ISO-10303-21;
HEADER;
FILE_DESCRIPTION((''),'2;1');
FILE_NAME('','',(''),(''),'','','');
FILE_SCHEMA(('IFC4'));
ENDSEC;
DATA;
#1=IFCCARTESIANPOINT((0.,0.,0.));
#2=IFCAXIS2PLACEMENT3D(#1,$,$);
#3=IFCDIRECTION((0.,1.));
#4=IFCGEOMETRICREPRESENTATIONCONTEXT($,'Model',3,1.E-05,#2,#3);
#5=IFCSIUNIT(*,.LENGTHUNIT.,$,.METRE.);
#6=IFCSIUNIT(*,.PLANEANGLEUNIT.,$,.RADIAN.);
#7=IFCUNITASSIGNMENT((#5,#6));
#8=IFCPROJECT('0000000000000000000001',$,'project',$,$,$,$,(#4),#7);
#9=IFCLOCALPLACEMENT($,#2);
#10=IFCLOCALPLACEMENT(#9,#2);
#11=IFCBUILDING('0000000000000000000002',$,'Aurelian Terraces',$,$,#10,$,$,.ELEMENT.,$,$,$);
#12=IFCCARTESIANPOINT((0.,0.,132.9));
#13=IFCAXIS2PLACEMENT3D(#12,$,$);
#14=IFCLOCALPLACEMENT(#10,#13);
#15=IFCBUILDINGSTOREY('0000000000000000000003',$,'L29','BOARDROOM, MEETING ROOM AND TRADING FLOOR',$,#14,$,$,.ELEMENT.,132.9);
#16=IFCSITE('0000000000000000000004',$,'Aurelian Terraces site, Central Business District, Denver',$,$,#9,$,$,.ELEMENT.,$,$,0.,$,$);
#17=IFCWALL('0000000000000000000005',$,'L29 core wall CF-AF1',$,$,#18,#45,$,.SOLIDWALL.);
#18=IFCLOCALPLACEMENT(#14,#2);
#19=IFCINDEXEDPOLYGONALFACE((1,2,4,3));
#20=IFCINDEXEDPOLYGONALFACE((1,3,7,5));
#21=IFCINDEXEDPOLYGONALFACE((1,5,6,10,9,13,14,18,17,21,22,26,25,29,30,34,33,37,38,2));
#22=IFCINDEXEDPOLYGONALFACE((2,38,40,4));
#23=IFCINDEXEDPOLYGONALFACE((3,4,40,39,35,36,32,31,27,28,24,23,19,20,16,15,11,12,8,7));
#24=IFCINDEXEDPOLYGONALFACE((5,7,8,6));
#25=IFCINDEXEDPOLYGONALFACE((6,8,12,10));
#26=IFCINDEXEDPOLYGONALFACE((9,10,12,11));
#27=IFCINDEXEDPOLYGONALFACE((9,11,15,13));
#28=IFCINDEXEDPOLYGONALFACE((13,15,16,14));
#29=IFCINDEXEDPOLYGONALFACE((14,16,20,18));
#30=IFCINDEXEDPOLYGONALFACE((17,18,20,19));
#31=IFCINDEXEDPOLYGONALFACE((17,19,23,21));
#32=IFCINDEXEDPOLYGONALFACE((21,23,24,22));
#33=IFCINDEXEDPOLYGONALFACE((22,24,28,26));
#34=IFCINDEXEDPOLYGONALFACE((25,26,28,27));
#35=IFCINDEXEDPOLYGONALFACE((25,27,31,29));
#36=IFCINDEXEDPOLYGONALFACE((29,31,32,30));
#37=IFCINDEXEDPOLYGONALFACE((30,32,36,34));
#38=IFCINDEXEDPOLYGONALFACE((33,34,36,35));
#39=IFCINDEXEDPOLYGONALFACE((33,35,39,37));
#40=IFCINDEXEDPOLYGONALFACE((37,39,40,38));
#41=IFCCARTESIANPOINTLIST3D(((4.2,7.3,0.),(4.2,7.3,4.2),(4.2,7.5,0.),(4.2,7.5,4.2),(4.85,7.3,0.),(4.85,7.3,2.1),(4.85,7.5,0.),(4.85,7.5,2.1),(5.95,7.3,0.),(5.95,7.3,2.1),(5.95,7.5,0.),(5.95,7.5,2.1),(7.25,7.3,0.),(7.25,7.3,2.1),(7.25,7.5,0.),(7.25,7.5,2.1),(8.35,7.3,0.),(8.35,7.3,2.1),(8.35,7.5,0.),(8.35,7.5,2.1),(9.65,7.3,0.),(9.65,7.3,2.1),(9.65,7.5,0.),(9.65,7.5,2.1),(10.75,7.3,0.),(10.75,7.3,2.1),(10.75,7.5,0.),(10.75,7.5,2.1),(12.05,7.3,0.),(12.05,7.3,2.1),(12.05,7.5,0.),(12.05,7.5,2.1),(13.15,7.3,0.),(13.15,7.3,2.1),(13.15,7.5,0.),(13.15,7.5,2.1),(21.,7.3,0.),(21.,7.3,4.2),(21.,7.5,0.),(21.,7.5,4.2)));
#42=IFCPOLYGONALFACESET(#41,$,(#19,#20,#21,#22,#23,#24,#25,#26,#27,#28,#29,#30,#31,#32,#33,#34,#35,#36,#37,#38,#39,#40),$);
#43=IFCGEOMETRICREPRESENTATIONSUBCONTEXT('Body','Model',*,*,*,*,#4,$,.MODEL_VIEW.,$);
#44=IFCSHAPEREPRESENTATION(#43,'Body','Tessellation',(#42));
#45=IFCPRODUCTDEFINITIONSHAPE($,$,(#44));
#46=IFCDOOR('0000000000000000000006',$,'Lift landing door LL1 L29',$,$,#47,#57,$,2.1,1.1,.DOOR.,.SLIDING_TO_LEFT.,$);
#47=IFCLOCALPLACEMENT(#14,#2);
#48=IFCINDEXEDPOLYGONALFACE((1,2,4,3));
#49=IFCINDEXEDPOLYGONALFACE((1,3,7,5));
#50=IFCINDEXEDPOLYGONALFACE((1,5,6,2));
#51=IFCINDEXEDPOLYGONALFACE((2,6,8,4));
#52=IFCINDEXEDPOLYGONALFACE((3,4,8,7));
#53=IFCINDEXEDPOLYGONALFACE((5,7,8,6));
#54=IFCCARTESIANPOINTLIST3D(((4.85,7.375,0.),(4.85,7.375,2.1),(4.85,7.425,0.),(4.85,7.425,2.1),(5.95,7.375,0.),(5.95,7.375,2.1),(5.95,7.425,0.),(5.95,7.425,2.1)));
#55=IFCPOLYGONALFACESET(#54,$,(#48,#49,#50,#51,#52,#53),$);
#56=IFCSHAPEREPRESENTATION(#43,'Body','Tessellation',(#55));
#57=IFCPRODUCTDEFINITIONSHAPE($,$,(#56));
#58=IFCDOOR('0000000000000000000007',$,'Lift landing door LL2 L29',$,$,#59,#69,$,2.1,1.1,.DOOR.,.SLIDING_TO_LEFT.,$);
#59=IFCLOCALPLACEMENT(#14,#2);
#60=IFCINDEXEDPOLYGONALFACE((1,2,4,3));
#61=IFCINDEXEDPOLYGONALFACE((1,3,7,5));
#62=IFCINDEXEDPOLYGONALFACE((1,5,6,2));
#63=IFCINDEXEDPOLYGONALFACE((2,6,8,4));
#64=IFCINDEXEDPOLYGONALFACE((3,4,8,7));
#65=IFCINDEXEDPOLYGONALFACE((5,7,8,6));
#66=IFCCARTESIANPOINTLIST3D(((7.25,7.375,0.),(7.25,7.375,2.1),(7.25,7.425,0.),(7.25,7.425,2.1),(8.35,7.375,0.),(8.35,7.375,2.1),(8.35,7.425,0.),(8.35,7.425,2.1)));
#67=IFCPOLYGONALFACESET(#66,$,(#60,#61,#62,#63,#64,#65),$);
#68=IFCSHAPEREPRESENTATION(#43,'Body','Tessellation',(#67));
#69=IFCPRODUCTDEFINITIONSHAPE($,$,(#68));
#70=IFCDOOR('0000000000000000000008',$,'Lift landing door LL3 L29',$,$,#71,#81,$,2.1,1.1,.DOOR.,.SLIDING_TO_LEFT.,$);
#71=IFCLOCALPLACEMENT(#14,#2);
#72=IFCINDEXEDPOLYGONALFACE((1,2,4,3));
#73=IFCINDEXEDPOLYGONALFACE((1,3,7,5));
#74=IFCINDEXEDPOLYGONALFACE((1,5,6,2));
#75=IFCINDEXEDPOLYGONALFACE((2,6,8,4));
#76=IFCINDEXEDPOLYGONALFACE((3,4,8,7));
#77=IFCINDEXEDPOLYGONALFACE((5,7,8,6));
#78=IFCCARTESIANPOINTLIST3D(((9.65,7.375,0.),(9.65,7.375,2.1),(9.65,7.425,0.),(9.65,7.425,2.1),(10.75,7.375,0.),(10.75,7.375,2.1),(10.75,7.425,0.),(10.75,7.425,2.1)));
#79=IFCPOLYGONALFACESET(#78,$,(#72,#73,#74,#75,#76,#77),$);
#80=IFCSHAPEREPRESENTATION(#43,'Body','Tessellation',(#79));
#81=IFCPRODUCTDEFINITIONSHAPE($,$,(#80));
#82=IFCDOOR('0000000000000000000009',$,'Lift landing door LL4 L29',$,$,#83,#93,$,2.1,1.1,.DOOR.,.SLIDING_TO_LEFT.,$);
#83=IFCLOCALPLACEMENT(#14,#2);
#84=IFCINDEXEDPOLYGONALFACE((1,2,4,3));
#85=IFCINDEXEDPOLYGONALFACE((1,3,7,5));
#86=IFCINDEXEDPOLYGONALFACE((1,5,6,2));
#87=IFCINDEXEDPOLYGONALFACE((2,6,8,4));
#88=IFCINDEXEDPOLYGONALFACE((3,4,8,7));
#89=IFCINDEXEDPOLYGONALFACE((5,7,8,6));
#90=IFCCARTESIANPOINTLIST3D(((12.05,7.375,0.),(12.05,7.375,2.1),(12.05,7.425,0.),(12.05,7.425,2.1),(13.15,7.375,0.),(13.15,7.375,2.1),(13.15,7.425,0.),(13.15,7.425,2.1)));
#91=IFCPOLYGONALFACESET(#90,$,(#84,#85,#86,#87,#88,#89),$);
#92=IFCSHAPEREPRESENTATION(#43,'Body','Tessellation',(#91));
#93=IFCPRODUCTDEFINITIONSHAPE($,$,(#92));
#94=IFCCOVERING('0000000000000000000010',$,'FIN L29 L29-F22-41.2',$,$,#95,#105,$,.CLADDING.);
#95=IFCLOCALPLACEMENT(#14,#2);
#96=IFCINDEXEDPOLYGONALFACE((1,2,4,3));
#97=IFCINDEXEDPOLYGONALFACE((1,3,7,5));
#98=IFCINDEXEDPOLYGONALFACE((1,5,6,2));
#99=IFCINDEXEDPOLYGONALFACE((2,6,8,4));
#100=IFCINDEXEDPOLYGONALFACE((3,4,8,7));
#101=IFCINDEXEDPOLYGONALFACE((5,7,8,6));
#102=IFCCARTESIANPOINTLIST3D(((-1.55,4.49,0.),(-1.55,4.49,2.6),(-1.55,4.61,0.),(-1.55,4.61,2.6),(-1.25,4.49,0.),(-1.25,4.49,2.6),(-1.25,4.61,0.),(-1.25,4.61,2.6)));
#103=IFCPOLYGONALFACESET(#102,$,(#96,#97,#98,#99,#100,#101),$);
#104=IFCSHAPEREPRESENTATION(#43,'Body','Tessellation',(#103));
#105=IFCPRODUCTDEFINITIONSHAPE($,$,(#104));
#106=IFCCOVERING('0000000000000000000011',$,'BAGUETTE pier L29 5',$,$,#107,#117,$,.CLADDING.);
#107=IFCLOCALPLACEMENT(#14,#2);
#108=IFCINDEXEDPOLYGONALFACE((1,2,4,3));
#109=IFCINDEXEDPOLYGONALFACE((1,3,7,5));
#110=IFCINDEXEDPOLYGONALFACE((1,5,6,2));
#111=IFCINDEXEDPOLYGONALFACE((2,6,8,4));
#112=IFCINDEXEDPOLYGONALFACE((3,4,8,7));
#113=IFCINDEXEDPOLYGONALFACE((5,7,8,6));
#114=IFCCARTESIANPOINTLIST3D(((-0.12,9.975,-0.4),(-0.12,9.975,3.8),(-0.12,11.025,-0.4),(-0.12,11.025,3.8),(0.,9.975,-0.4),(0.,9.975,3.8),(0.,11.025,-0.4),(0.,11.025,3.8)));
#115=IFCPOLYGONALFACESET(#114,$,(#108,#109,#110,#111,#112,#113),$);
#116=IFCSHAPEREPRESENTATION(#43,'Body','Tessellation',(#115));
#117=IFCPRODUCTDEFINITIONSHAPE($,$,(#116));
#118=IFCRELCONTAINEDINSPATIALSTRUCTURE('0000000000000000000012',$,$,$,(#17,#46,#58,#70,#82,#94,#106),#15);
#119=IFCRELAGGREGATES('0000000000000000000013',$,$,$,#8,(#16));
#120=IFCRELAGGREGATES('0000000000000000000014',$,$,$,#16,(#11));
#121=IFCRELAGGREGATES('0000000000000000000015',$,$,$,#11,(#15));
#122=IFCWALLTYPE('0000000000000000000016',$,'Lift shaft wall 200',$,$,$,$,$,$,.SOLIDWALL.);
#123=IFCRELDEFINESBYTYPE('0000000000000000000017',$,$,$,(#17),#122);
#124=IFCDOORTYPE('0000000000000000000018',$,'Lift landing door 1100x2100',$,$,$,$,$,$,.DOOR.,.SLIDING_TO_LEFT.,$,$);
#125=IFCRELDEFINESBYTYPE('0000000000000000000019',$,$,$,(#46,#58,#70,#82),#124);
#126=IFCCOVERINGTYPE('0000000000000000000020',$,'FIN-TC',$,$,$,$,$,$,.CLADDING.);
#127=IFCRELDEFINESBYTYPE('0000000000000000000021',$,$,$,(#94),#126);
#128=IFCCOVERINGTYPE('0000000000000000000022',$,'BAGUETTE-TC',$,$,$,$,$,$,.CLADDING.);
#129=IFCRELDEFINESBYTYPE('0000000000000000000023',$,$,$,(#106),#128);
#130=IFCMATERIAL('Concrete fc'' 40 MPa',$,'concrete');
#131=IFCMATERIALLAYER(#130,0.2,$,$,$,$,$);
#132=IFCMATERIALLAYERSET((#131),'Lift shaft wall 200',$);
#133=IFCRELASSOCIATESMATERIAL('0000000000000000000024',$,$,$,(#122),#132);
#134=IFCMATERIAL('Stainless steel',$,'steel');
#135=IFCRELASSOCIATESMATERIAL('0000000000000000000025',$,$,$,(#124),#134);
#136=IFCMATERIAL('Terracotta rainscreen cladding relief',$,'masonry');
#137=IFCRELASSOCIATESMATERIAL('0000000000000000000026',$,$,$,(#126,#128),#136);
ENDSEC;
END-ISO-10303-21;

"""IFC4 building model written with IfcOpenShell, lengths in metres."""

from ifc_helpers import new_model, si_unit, direction, frame, frame_2d, origin, origin_2d, place, context, subcontext, project, spatial, rectangle, extrude, source, transform, mapped, material, layer, layer_set, type_object, element, fill, save


model = new_model("IFC4")

# Units and contexts
model_context = context("Model", 3, precision=1e-05, world=origin(), true_north=direction((0.0, 1.0)))
body_context = subcontext(model_context, "Body", "Model", "MODEL_VIEW")
ifc_project = project(units=[si_unit("LENGTHUNIT", "METRE"), si_unit("PLANEANGLEUNIT", "RADIAN")], contexts=[model_context])

# Site, building, storey
site_placement = place(None, origin())
site = spatial("IfcSite", under=ifc_project, at=site_placement, Name="Aurelian Terraces site, Central Business District, Denver", CompositionType="ELEMENT", RefElevation=0.0)
building_placement = place(site_placement, origin())
building = spatial("IfcBuilding", under=site, at=building_placement, Name="Aurelian Terraces", CompositionType="ELEMENT")
storey_placement = place(building_placement, frame((0.0, 0.0, 132.9)))
storey = spatial("IfcBuildingStorey", under=building, at=storey_placement, Name="L29", Description="BOARDROOM, MEETING ROOM AND TRADING FLOOR", CompositionType="ELEMENT", Elevation=132.9)

# Wall, openings, doors
ifc_material_1 = material(Name="Concrete fc' 40 MPa", Category="concrete")
ifc_layer_1 = layer(ifc_material_1, 0.2)
ifc_layer_set_1 = layer_set([ifc_layer_1], Name="Lift shaft wall 200")
wall_type_1 = type_object("IfcWallType", Name="Lift shaft wall 200", PredefinedType="SOLIDWALL", material=ifc_layer_set_1)
shared_shape_1 = source(origin(), body_context, "Body", "SweptSolid", [
    extrude(rectangle(XDim=16.8, YDim=0.2, at=frame_2d((8.4, 0.0))), origin(), (0.0, 0.0, 1.0), 4.2),
])
wall_1_placement = place(storey_placement, frame((4.2, 7.4, 0.0), z_axis=(0.0, 0.0, 1.0), x_axis=(1.0, 0.0, 0.0)))
wall_1 = element("IfcWall", 1, at=wall_1_placement, inside=storey, type_object=wall_type_1, Name="L29 core wall CF-AF1", PredefinedType="SOLIDWALL", context=body_context, shape_type="MappedRepresentation", body=[
    mapped(shared_shape_1, transform((0.0, 0.0, 0.0), scale=1.0)),
])
shared_shape_2 = source(origin(), body_context, "Body", "SweptSolid", [
    extrude(rectangle(XDim=1.1, YDim=2.1, at=frame_2d((0.55, 1.05))), frame((0.0, 0.11, 0.0), z_axis=(0.0, -1.0, 0.0), x_axis=(1.0, 0.0, 0.0)), (0.0, 0.0, 1.0), 0.22),
])
opening_1_placement = place(wall_1_placement, frame((0.65, 0.0, 0.0)))
opening_1 = element("IfcOpeningElement", 2, at=opening_1_placement, cuts=wall_1, PredefinedType="OPENING", context=body_context, shape_type="MappedRepresentation", body=[
    mapped(shared_shape_2, transform((0.0, 0.0, 0.0), scale=1.0)),
])
opening_2_placement = place(wall_1_placement, frame((3.05, 0.0, 0.0)))
opening_2 = element("IfcOpeningElement", 3, at=opening_2_placement, cuts=wall_1, PredefinedType="OPENING", context=body_context, shape_type="MappedRepresentation", body=[
    mapped(shared_shape_2, transform((0.0, 0.0, 0.0), scale=1.0)),
])
opening_3_placement = place(wall_1_placement, frame((5.45, 0.0, 0.0)))
opening_3 = element("IfcOpeningElement", 4, at=opening_3_placement, cuts=wall_1, PredefinedType="OPENING", context=body_context, shape_type="MappedRepresentation", body=[
    mapped(shared_shape_2, transform((0.0, 0.0, 0.0), scale=1.0)),
])
opening_4_placement = place(wall_1_placement, frame((7.85, 0.0, 0.0)))
opening_4 = element("IfcOpeningElement", 5, at=opening_4_placement, cuts=wall_1, PredefinedType="OPENING", context=body_context, shape_type="MappedRepresentation", body=[
    mapped(shared_shape_2, transform((0.0, 0.0, 0.0), scale=1.0)),
])
ifc_material_2 = material(Name="Stainless steel", Category="steel")
door_type_1 = type_object("IfcDoorType", Name="Lift landing door 1100x2100", OperationType="SLIDING_TO_LEFT", PredefinedType="DOOR", material=ifc_material_2)
shared_shape_3 = source(origin(), body_context, "Body", "SweptSolid", [
    extrude(rectangle(XDim=1.1, YDim=2.1, at=frame_2d((0.55, 1.05))), frame((0.0, 0.025, 0.0), z_axis=(0.0, -1.0, 0.0), x_axis=(1.0, 0.0, 0.0)), (0.0, 0.0, 1.0), 0.05),
])
door_1_placement = place(opening_1_placement, origin())
door_1 = element("IfcDoor", 6, at=door_1_placement, inside=storey, type_object=door_type_1, Name="Lift landing door LL1 L29", OperationType="SLIDING_TO_LEFT", OverallHeight=2.1, OverallWidth=1.1, PredefinedType="DOOR", context=body_context, shape_type="MappedRepresentation", body=[
    mapped(shared_shape_3, transform((0.0, 0.0, 0.0), scale=1.0)),
])
fill(opening_1, door_1)
door_2_placement = place(opening_2_placement, origin())
door_2 = element("IfcDoor", 7, at=door_2_placement, inside=storey, type_object=door_type_1, Name="Lift landing door LL2 L29", OperationType="SLIDING_TO_LEFT", OverallHeight=2.1, OverallWidth=1.1, PredefinedType="DOOR", context=body_context, shape_type="MappedRepresentation", body=[
    mapped(shared_shape_3, transform((0.0, 0.0, 0.0), scale=1.0)),
])
fill(opening_2, door_2)
door_3_placement = place(opening_3_placement, origin())
door_3 = element("IfcDoor", 8, at=door_3_placement, inside=storey, type_object=door_type_1, Name="Lift landing door LL3 L29", OperationType="SLIDING_TO_LEFT", OverallHeight=2.1, OverallWidth=1.1, PredefinedType="DOOR", context=body_context, shape_type="MappedRepresentation", body=[
    mapped(shared_shape_3, transform((0.0, 0.0, 0.0), scale=1.0)),
])
fill(opening_3, door_3)
door_4_placement = place(opening_4_placement, origin())
door_4 = element("IfcDoor", 9, at=door_4_placement, inside=storey, type_object=door_type_1, Name="Lift landing door LL4 L29", OperationType="SLIDING_TO_LEFT", OverallHeight=2.1, OverallWidth=1.1, PredefinedType="DOOR", context=body_context, shape_type="MappedRepresentation", body=[
    mapped(shared_shape_3, transform((0.0, 0.0, 0.0), scale=1.0)),
])
fill(opening_4, door_4)

# Coverings
ifc_material_3 = material(Name="Terracotta rainscreen cladding relief", Category="masonry")
covering_type_1 = type_object("IfcCoveringType", Name="FIN-TC", PredefinedType="CLADDING", material=ifc_material_3)
shared_shape_4 = source(origin(), body_context, "Body", "SweptSolid", [
    extrude(rectangle(XDim=0.3, YDim=0.12, at=origin_2d()), origin(), (0.0, 0.0, 1.0), 2.6),
])
covering_1_placement = place(storey_placement, frame((-1.4, 4.55, 0.0), z_axis=(0.0, 0.0, 1.0), x_axis=(1.0, 0.0, 0.0)))
element("IfcCovering", 10, at=covering_1_placement, inside=storey, type_object=covering_type_1, Name="FIN L29 L29-F22-41.2", PredefinedType="CLADDING", context=body_context, shape_type="MappedRepresentation", body=[
    mapped(shared_shape_4, transform((0.0, 0.0, 0.0), scale=1.0)),
])
covering_type_2 = type_object("IfcCoveringType", Name="BAGUETTE-TC", PredefinedType="CLADDING", material=ifc_material_3)
shared_shape_5 = source(origin(), body_context, "Body", "SweptSolid", [
    extrude(rectangle(XDim=0.12, YDim=1.05, at=origin_2d()), origin(), (0.0, 0.0, 1.0), 4.2),
])
covering_2_placement = place(storey_placement, frame((-0.06, 10.5, -0.4), z_axis=(0.0, 0.0, 1.0), x_axis=(1.0, 0.0, 0.0)))
element("IfcCovering", 11, at=covering_2_placement, inside=storey, type_object=covering_type_2, Name="BAGUETTE pier L29 5", PredefinedType="CLADDING", context=body_context, shape_type="MappedRepresentation", body=[
    mapped(shared_shape_5, transform((0.0, 0.0, 0.0), scale=1.0)),
])

save(model, "model.ifc")
